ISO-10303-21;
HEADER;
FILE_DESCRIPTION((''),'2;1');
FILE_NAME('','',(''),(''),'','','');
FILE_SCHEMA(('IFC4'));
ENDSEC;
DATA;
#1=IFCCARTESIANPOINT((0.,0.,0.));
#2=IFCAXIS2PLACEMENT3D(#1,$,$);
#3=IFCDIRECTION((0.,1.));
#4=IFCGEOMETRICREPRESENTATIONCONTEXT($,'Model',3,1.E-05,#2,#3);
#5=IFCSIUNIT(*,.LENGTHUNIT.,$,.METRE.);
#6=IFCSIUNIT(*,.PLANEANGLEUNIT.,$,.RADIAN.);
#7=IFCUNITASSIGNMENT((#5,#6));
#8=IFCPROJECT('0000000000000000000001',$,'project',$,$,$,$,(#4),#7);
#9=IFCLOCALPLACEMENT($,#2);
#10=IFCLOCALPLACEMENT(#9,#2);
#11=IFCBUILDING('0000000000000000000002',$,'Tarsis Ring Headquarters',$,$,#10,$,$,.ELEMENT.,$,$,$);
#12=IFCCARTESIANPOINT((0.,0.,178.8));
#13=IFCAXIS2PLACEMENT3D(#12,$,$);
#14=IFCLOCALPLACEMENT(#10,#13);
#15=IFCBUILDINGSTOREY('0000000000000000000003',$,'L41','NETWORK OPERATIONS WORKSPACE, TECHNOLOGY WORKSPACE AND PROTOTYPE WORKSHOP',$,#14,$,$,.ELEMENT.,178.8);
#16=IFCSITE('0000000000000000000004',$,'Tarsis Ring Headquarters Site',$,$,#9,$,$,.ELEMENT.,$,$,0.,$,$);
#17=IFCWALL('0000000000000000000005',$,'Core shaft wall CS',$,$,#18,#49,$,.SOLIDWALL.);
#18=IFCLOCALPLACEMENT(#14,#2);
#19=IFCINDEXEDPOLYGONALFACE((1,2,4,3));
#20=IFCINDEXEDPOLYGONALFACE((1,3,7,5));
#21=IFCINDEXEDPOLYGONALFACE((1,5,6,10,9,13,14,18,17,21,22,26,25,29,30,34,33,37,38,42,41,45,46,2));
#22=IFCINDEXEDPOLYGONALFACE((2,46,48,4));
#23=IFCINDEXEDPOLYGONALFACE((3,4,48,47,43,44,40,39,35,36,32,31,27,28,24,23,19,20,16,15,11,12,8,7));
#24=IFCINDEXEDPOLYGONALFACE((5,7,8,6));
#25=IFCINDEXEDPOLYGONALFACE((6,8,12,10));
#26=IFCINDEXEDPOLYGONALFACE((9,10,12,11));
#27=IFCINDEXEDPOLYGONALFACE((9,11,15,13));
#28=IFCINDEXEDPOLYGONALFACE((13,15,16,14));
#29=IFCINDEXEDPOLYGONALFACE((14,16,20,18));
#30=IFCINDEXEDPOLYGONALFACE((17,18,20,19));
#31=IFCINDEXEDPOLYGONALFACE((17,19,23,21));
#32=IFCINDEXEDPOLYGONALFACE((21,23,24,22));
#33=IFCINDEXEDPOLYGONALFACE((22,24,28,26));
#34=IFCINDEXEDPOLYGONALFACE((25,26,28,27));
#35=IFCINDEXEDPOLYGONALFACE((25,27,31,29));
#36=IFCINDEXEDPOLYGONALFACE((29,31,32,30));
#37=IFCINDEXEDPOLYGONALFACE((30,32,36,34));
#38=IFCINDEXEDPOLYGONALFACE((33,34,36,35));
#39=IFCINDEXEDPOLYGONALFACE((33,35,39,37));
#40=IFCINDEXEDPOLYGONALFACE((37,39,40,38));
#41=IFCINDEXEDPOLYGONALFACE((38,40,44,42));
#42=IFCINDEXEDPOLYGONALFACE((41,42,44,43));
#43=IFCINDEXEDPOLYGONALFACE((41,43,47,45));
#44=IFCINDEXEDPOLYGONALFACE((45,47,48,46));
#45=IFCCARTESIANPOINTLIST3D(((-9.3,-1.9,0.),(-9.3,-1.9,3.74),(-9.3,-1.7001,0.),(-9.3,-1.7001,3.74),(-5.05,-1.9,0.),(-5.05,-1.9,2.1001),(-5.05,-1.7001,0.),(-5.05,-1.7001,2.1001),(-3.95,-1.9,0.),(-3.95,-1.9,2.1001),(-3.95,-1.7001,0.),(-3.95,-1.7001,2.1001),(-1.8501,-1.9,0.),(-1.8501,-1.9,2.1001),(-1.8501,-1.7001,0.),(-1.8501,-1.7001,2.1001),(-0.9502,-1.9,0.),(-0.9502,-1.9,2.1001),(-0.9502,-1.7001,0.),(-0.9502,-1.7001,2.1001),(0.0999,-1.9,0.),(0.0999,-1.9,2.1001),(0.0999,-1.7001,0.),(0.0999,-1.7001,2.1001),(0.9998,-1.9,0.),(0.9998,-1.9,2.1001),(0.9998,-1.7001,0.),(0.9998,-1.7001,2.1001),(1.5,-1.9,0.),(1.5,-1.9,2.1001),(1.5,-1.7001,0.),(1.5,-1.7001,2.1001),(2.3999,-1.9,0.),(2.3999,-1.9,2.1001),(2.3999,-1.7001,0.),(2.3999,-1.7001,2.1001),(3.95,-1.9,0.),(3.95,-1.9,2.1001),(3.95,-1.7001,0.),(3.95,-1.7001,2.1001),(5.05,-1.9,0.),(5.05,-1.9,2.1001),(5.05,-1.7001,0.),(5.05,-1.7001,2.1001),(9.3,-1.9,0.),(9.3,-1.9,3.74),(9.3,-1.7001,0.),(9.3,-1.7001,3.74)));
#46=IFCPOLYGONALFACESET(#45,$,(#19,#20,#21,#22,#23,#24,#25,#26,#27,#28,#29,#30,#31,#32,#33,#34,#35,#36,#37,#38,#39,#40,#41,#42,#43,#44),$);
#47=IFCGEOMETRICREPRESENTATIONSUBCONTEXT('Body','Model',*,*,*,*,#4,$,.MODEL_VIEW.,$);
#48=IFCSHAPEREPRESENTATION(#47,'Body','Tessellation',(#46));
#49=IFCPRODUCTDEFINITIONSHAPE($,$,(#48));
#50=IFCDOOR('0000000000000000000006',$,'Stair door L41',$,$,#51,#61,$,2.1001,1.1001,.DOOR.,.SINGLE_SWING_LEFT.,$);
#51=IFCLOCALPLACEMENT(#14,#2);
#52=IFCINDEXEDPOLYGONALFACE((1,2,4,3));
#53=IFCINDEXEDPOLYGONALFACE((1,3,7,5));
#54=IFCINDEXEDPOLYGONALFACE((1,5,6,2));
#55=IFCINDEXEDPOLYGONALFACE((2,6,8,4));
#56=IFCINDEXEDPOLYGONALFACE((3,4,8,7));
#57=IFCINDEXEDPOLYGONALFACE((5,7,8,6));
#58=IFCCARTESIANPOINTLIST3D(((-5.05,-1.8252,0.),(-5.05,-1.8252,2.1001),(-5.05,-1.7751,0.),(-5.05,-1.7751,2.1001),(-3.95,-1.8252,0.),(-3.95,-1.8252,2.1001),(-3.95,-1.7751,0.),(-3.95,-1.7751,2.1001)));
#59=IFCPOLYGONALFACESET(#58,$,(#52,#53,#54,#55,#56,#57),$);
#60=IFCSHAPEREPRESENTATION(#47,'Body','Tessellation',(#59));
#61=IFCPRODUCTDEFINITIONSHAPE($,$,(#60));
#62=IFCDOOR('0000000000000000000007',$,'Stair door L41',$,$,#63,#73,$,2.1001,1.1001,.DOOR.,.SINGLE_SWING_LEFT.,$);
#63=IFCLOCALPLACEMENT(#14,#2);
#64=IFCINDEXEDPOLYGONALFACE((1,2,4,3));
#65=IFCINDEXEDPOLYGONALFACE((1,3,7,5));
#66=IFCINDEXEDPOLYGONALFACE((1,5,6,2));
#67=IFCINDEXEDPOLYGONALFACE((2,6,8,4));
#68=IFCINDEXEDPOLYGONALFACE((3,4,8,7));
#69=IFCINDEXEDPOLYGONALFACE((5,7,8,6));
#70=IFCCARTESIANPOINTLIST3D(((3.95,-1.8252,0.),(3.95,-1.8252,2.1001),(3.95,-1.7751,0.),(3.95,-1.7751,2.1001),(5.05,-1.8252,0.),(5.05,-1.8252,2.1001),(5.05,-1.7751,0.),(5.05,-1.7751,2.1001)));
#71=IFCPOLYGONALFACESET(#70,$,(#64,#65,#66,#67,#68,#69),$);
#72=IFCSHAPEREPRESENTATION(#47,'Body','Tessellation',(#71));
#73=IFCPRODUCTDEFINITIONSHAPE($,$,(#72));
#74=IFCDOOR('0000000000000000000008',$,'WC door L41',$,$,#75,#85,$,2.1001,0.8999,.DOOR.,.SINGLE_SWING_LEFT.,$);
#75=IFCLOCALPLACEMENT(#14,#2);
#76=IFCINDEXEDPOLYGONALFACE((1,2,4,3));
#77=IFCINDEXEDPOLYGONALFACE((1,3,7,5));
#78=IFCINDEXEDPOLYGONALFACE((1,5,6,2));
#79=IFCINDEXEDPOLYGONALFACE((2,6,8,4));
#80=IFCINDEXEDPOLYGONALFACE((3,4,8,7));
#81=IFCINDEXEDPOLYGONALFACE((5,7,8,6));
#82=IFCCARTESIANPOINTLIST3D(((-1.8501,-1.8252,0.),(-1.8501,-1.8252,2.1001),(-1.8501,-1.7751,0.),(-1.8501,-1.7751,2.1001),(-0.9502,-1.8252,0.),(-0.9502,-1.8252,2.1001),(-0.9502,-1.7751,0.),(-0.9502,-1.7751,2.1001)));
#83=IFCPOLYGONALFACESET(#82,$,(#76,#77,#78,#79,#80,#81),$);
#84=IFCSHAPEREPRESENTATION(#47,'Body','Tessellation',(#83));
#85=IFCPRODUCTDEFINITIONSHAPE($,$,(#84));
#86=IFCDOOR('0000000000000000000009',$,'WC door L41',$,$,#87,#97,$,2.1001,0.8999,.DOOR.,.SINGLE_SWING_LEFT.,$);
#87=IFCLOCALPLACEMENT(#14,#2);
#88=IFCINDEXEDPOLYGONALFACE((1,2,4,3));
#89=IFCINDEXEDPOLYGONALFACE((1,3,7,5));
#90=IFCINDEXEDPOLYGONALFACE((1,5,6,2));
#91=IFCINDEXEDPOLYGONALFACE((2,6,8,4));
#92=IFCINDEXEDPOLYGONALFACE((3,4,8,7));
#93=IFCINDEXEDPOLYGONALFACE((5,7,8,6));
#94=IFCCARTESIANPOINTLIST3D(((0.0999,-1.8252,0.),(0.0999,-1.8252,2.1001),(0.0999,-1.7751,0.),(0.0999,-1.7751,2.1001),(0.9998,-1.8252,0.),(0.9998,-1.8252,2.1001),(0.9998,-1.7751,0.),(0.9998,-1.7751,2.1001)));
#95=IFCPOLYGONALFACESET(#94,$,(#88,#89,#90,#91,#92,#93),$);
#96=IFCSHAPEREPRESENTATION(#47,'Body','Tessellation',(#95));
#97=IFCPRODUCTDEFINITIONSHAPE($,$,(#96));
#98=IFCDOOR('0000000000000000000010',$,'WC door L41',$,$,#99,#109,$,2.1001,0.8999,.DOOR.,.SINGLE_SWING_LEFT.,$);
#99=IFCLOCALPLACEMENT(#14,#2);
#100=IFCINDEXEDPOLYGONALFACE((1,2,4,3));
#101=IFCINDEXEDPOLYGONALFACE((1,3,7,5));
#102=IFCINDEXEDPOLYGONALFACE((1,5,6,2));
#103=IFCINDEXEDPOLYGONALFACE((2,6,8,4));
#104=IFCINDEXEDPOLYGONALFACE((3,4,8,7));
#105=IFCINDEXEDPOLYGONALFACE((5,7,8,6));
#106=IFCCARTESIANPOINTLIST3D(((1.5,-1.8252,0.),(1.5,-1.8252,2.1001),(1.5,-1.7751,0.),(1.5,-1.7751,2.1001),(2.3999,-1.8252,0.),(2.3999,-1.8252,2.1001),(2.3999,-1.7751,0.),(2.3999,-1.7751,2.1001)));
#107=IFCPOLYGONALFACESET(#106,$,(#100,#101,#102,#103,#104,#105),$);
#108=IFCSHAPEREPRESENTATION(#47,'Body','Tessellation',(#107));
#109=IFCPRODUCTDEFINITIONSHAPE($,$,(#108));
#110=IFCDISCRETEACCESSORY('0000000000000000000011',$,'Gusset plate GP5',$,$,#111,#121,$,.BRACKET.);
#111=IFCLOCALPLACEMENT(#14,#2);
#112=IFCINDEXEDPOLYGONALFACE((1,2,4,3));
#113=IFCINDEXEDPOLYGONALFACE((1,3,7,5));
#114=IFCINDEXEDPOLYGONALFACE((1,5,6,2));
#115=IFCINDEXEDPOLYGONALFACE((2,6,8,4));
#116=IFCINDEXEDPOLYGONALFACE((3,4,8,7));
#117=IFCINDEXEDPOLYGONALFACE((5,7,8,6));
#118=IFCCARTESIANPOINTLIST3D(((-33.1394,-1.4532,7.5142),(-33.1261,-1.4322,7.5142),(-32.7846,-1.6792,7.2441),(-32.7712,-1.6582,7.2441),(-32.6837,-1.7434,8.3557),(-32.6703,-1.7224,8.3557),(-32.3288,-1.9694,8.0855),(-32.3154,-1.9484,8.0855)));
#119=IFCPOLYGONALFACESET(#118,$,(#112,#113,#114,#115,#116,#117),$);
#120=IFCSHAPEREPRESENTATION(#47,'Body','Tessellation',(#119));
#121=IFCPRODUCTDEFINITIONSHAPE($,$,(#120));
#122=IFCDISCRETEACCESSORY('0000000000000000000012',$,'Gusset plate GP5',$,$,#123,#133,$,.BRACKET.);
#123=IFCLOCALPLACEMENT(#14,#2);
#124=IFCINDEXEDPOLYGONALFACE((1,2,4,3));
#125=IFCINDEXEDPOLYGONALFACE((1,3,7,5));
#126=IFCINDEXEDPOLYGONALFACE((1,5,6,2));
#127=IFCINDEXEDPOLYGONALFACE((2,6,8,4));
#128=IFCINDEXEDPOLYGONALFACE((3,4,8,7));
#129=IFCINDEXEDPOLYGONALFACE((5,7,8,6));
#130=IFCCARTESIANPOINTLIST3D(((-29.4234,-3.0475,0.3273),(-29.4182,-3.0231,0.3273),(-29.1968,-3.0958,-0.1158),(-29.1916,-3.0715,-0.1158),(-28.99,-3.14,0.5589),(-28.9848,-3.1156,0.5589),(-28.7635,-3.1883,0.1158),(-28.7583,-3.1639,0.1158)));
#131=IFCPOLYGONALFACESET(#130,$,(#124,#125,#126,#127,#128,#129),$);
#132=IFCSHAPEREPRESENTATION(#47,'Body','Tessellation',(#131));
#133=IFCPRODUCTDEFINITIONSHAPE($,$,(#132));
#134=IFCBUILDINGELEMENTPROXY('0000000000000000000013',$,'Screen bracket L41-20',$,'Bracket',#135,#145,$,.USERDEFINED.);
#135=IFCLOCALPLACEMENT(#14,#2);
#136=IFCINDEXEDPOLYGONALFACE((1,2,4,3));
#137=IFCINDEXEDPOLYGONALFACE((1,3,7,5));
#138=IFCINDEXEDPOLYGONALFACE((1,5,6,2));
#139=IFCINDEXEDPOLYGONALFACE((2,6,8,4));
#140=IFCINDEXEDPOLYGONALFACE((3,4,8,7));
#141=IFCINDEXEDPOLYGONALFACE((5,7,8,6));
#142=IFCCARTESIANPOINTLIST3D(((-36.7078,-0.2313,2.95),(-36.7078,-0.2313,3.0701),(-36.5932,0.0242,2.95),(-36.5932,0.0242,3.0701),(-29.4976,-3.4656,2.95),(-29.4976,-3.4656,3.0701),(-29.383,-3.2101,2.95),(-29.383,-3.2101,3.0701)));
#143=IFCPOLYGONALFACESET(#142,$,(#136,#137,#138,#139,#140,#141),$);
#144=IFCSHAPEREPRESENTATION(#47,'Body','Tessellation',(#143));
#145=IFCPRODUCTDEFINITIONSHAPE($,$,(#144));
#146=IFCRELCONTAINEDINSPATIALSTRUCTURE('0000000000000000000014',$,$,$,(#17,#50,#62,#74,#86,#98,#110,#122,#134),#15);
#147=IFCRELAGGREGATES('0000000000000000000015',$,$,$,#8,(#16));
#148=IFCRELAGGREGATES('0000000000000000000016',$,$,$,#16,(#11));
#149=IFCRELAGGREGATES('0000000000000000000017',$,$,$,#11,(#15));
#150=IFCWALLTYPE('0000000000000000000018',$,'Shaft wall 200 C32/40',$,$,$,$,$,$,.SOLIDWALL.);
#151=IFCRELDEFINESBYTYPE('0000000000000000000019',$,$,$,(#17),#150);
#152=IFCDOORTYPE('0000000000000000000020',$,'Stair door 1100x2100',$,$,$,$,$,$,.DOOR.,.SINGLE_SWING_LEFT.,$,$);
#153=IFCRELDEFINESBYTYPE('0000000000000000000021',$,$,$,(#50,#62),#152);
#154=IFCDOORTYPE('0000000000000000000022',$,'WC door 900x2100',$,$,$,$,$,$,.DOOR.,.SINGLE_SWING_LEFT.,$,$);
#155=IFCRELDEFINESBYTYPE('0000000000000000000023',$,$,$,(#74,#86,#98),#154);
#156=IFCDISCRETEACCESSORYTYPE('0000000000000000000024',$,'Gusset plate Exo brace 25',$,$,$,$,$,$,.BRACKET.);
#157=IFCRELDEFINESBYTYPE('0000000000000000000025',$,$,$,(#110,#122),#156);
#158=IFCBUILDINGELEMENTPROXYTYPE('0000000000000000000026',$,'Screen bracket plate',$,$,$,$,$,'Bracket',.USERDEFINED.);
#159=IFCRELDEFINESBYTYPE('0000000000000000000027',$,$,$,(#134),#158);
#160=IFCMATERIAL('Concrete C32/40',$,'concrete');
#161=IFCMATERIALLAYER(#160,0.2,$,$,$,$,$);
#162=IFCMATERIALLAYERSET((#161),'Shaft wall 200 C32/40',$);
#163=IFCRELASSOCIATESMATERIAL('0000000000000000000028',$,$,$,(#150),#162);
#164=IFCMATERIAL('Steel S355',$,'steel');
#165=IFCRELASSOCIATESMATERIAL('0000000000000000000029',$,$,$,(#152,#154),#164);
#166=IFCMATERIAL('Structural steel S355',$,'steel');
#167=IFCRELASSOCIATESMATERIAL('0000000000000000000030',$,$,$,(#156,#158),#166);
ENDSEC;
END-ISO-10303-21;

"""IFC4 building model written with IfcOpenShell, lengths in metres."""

from ifc_helpers import new_model, si_unit, direction, frame, frame_2d, origin, origin_2d, place, context, subcontext, project, spatial, rectangle, extrude, material, layer, layer_set, material_profile, profile_set, type_object, element, fill, save


model = new_model("IFC4")

# Units and contexts
model_context = context("Model", 3, precision=1e-05, world=origin(), true_north=direction((0.0, 1.0)))
body_context = subcontext(model_context, "Body", "Model", "MODEL_VIEW")
ifc_project = project(units=[si_unit("LENGTHUNIT", "METRE"), si_unit("PLANEANGLEUNIT", "RADIAN")], contexts=[model_context])

# Site, building, storey
site_placement = place(None, origin())
site = spatial("IfcSite", under=ifc_project, at=site_placement, Name="Tarsis Ring Headquarters Site", CompositionType="ELEMENT", RefElevation=0.0)
building_placement = place(site_placement, origin())
building = spatial("IfcBuilding", under=site, at=building_placement, Name="Tarsis Ring Headquarters", CompositionType="ELEMENT")
storey_placement = place(building_placement, frame((0.0, 0.0, 178.8)))
storey = spatial("IfcBuildingStorey", under=building, at=storey_placement, Name="L41", Description="NETWORK OPERATIONS WORKSPACE, TECHNOLOGY WORKSPACE AND PROTOTYPE WORKSHOP", CompositionType="ELEMENT", Elevation=178.8)

# Shared definitions
ifc_material_1 = material(Name="Structural steel S355", Category="steel")

# Wall, openings, doors
ifc_material_2 = material(Name="Concrete C32/40", Category="concrete")
ifc_layer_1 = layer(ifc_material_2, 0.2)
ifc_layer_set_1 = layer_set([ifc_layer_1], Name="Shaft wall 200 C32/40")
wall_type_1 = type_object("IfcWallType", Name="Shaft wall 200 C32/40", PredefinedType="SOLIDWALL", material=ifc_layer_set_1)
wall_1_placement = place(storey_placement, frame((-9.3, -1.8, 0.0), z_axis=(0.0, 0.0, 1.0), x_axis=(1.0, 0.0, 0.0)))
wall_1 = element("IfcWall", 1, at=wall_1_placement, inside=storey, type_object=wall_type_1, Name="Core shaft wall CS", PredefinedType="SOLIDWALL", context=body_context, shape_type="SweptSolid", body=[
    extrude(rectangle(XDim=18.6001, YDim=0.2, at=frame_2d((9.3, 0.0))), origin(), (0.0, 0.0, 1.0), 3.74),
])
opening_1_placement = place(wall_1_placement, frame((4.25, 0.0, 0.0)))
opening_1 = element("IfcOpeningElement", 2, at=opening_1_placement, cuts=wall_1, PredefinedType="OPENING", context=body_context, shape_type="SweptSolid", body=[
    extrude(rectangle(XDim=1.1001, YDim=2.1001, at=frame_2d((0.55, 1.05))), frame((0.0, 0.1099, 0.0), z_axis=(0.0, -1.0, 0.0), x_axis=(1.0, 0.0, 0.0)), (0.0, 0.0, 1.0), 0.22),
])
opening_2_placement = place(wall_1_placement, frame((7.45, 0.0, 0.0)))
opening_2 = element("IfcOpeningElement", 3, at=opening_2_placement, cuts=wall_1, PredefinedType="OPENING", context=body_context, shape_type="SweptSolid", body=[
    extrude(rectangle(XDim=0.8999, YDim=2.1001, at=frame_2d((0.45, 1.05))), frame((0.0, 0.1099, 0.0), z_axis=(0.0, -1.0, 0.0), x_axis=(1.0, 0.0, 0.0)), (0.0, 0.0, 1.0), 0.22),
])
opening_3_placement = place(wall_1_placement, frame((9.3999, 0.0, 0.0)))
opening_3 = element("IfcOpeningElement", 4, at=opening_3_placement, cuts=wall_1, PredefinedType="OPENING", context=body_context, shape_type="SweptSolid", body=[
    extrude(rectangle(XDim=0.8999, YDim=2.1001, at=frame_2d((0.45, 1.05))), frame((0.0, 0.1099, 0.0), z_axis=(0.0, -1.0, 0.0), x_axis=(1.0, 0.0, 0.0)), (0.0, 0.0, 1.0), 0.22),
])
opening_4_placement = place(wall_1_placement, frame((10.8, 0.0, 0.0)))
opening_4 = element("IfcOpeningElement", 5, at=opening_4_placement, cuts=wall_1, PredefinedType="OPENING", context=body_context, shape_type="SweptSolid", body=[
    extrude(rectangle(XDim=0.8999, YDim=2.1001, at=frame_2d((0.45, 1.05))), frame((0.0, 0.1099, 0.0), z_axis=(0.0, -1.0, 0.0), x_axis=(1.0, 0.0, 0.0)), (0.0, 0.0, 1.0), 0.22),
])
opening_5_placement = place(wall_1_placement, frame((13.25, 0.0, 0.0)))
opening_5 = element("IfcOpeningElement", 6, at=opening_5_placement, cuts=wall_1, PredefinedType="OPENING", context=body_context, shape_type="SweptSolid", body=[
    extrude(rectangle(XDim=1.1001, YDim=2.1001, at=frame_2d((0.55, 1.05))), frame((0.0, 0.1099, 0.0), z_axis=(0.0, -1.0, 0.0), x_axis=(1.0, 0.0, 0.0)), (0.0, 0.0, 1.0), 0.22),
])
ifc_material_3 = material(Name="Steel S355", Category="steel")
door_type_1 = type_object("IfcDoorType", Name="Stair door 1100x2100", OperationType="SINGLE_SWING_LEFT", PredefinedType="DOOR", material=ifc_material_3)
door_1_placement = place(opening_1_placement, origin())
door_1 = element("IfcDoor", 7, at=door_1_placement, inside=storey, type_object=door_type_1, Name="Stair door L41", OperationType="SINGLE_SWING_LEFT", OverallHeight=2.1001, OverallWidth=1.1001, PredefinedType="DOOR", context=body_context, shape_type="SweptSolid", body=[
    extrude(rectangle(XDim=1.1001, YDim=2.1001, at=frame_2d((0.55, 1.05))), frame((0.0, 0.0249, 0.0), z_axis=(0.0, -1.0, 0.0), x_axis=(1.0, 0.0, 0.0)), (0.0, 0.0, 1.0), 0.05),
])
fill(opening_1, door_1)
door_2_placement = place(opening_5_placement, origin())
door_2 = element("IfcDoor", 8, at=door_2_placement, inside=storey, type_object=door_type_1, Name="Stair door L41", OperationType="SINGLE_SWING_LEFT", OverallHeight=2.1001, OverallWidth=1.1001, PredefinedType="DOOR", context=body_context, shape_type="SweptSolid", body=[
    extrude(rectangle(XDim=1.1001, YDim=2.1001, at=frame_2d((0.55, 1.05))), frame((0.0, 0.0249, 0.0), z_axis=(0.0, -1.0, 0.0), x_axis=(1.0, 0.0, 0.0)), (0.0, 0.0, 1.0), 0.05),
])
fill(opening_5, door_2)
door_type_2 = type_object("IfcDoorType", Name="WC door 900x2100", OperationType="SINGLE_SWING_LEFT", PredefinedType="DOOR", material=ifc_material_3)
door_3_placement = place(opening_2_placement, origin())
door_3 = element("IfcDoor", 9, at=door_3_placement, inside=storey, type_object=door_type_2, Name="WC door L41", OperationType="SINGLE_SWING_LEFT", OverallHeight=2.1001, OverallWidth=0.8999, PredefinedType="DOOR", context=body_context, shape_type="SweptSolid", body=[
    extrude(rectangle(XDim=0.8999, YDim=2.1001, at=frame_2d((0.45, 1.05))), frame((0.0, 0.0249, 0.0), z_axis=(0.0, -1.0, 0.0), x_axis=(1.0, 0.0, 0.0)), (0.0, 0.0, 1.0), 0.05),
])
fill(opening_2, door_3)
door_4_placement = place(opening_3_placement, origin())
door_4 = element("IfcDoor", 10, at=door_4_placement, inside=storey, type_object=door_type_2, Name="WC door L41", OperationType="SINGLE_SWING_LEFT", OverallHeight=2.1001, OverallWidth=0.8999, PredefinedType="DOOR", context=body_context, shape_type="SweptSolid", body=[
    extrude(rectangle(XDim=0.8999, YDim=2.1001, at=frame_2d((0.45, 1.05))), frame((0.0, 0.0249, 0.0), z_axis=(0.0, -1.0, 0.0), x_axis=(1.0, 0.0, 0.0)), (0.0, 0.0, 1.0), 0.05),
])
fill(opening_3, door_4)
door_5_placement = place(opening_4_placement, origin())
door_5 = element("IfcDoor", 11, at=door_5_placement, inside=storey, type_object=door_type_2, Name="WC door L41", OperationType="SINGLE_SWING_LEFT", OverallHeight=2.1001, OverallWidth=0.8999, PredefinedType="DOOR", context=body_context, shape_type="SweptSolid", body=[
    extrude(rectangle(XDim=0.8999, YDim=2.1001, at=frame_2d((0.45, 1.05))), frame((0.0, 0.0249, 0.0), z_axis=(0.0, -1.0, 0.0), x_axis=(1.0, 0.0, 0.0)), (0.0, 0.0, 1.0), 0.05),
])
fill(opening_4, door_5)

# Discrete accessories
ifc_material_profile_1 = material_profile(ifc_material_1, rectangle(XDim=0.0249, YDim=0.5, at=origin_2d()), Name="PL 25x500")
ifc_profile_set_1 = profile_set([ifc_material_profile_1], Name="Structural steel S355")
discrete_accessory_type = type_object("IfcDiscreteAccessoryType", Name="Gusset plate Exo brace 25", PredefinedType="BRACKET", material=ifc_profile_set_1)
discrete_accessory_1_placement = place(storey_placement, frame((-32.9553, -1.5557, 7.3792), z_axis=(0.455756, -0.290249, 0.841452), x_axis=(0.537168, 0.843475, 0.0)))
element("IfcDiscreteAccessory", 12, at=discrete_accessory_1_placement, inside=storey, type_object=discrete_accessory_type, Name="Gusset plate GP5", PredefinedType="BRACKET", context=body_context, shape_type="SweptSolid", body=[
    extrude(rectangle(XDim=0.0249, YDim=0.5, at=origin_2d()), origin(), (0.0, 0.0, 1.0), 1.0),
])
discrete_accessory_2_placement = place(storey_placement, frame((-28.9775, -3.1299, 0.0), z_axis=(-0.453108, 0.096676, 0.886198), x_axis=(-0.208665, -0.977987, 0.0)))
element("IfcDiscreteAccessory", 13, at=discrete_accessory_2_placement, inside=storey, type_object=discrete_accessory_type, Name="Gusset plate GP5", PredefinedType="BRACKET", context=body_context, shape_type="SweptSolid", body=[
    extrude(rectangle(XDim=0.0249, YDim=0.5, at=origin_2d()), origin(), (0.0, 0.0, 1.0), 0.5),
])

# Building element proxy
building_element_proxy_type = type_object("IfcBuildingElementProxyType", Name="Screen bracket plate", ElementType="Bracket", PredefinedType="USERDEFINED", material=ifc_material_1)
proxy_placement = place(storey_placement, frame((-33.0454, -1.7207, 2.95), z_axis=(0.0, 0.0, 1.0), x_axis=(0.912406, -0.409286, 0.0)))
element("IfcBuildingElementProxy", 14, at=proxy_placement, inside=storey, type_object=building_element_proxy_type, Name="Screen bracket L41-20", ObjectType="Bracket", PredefinedType="USERDEFINED", context=body_context, shape_type="SweptSolid", body=[
    extrude(rectangle(XDim=7.9023, YDim=0.28, at=origin_2d()), origin(), (0.0, 0.0, 1.0), 0.1201),
])

save(model, "model.ifc")
